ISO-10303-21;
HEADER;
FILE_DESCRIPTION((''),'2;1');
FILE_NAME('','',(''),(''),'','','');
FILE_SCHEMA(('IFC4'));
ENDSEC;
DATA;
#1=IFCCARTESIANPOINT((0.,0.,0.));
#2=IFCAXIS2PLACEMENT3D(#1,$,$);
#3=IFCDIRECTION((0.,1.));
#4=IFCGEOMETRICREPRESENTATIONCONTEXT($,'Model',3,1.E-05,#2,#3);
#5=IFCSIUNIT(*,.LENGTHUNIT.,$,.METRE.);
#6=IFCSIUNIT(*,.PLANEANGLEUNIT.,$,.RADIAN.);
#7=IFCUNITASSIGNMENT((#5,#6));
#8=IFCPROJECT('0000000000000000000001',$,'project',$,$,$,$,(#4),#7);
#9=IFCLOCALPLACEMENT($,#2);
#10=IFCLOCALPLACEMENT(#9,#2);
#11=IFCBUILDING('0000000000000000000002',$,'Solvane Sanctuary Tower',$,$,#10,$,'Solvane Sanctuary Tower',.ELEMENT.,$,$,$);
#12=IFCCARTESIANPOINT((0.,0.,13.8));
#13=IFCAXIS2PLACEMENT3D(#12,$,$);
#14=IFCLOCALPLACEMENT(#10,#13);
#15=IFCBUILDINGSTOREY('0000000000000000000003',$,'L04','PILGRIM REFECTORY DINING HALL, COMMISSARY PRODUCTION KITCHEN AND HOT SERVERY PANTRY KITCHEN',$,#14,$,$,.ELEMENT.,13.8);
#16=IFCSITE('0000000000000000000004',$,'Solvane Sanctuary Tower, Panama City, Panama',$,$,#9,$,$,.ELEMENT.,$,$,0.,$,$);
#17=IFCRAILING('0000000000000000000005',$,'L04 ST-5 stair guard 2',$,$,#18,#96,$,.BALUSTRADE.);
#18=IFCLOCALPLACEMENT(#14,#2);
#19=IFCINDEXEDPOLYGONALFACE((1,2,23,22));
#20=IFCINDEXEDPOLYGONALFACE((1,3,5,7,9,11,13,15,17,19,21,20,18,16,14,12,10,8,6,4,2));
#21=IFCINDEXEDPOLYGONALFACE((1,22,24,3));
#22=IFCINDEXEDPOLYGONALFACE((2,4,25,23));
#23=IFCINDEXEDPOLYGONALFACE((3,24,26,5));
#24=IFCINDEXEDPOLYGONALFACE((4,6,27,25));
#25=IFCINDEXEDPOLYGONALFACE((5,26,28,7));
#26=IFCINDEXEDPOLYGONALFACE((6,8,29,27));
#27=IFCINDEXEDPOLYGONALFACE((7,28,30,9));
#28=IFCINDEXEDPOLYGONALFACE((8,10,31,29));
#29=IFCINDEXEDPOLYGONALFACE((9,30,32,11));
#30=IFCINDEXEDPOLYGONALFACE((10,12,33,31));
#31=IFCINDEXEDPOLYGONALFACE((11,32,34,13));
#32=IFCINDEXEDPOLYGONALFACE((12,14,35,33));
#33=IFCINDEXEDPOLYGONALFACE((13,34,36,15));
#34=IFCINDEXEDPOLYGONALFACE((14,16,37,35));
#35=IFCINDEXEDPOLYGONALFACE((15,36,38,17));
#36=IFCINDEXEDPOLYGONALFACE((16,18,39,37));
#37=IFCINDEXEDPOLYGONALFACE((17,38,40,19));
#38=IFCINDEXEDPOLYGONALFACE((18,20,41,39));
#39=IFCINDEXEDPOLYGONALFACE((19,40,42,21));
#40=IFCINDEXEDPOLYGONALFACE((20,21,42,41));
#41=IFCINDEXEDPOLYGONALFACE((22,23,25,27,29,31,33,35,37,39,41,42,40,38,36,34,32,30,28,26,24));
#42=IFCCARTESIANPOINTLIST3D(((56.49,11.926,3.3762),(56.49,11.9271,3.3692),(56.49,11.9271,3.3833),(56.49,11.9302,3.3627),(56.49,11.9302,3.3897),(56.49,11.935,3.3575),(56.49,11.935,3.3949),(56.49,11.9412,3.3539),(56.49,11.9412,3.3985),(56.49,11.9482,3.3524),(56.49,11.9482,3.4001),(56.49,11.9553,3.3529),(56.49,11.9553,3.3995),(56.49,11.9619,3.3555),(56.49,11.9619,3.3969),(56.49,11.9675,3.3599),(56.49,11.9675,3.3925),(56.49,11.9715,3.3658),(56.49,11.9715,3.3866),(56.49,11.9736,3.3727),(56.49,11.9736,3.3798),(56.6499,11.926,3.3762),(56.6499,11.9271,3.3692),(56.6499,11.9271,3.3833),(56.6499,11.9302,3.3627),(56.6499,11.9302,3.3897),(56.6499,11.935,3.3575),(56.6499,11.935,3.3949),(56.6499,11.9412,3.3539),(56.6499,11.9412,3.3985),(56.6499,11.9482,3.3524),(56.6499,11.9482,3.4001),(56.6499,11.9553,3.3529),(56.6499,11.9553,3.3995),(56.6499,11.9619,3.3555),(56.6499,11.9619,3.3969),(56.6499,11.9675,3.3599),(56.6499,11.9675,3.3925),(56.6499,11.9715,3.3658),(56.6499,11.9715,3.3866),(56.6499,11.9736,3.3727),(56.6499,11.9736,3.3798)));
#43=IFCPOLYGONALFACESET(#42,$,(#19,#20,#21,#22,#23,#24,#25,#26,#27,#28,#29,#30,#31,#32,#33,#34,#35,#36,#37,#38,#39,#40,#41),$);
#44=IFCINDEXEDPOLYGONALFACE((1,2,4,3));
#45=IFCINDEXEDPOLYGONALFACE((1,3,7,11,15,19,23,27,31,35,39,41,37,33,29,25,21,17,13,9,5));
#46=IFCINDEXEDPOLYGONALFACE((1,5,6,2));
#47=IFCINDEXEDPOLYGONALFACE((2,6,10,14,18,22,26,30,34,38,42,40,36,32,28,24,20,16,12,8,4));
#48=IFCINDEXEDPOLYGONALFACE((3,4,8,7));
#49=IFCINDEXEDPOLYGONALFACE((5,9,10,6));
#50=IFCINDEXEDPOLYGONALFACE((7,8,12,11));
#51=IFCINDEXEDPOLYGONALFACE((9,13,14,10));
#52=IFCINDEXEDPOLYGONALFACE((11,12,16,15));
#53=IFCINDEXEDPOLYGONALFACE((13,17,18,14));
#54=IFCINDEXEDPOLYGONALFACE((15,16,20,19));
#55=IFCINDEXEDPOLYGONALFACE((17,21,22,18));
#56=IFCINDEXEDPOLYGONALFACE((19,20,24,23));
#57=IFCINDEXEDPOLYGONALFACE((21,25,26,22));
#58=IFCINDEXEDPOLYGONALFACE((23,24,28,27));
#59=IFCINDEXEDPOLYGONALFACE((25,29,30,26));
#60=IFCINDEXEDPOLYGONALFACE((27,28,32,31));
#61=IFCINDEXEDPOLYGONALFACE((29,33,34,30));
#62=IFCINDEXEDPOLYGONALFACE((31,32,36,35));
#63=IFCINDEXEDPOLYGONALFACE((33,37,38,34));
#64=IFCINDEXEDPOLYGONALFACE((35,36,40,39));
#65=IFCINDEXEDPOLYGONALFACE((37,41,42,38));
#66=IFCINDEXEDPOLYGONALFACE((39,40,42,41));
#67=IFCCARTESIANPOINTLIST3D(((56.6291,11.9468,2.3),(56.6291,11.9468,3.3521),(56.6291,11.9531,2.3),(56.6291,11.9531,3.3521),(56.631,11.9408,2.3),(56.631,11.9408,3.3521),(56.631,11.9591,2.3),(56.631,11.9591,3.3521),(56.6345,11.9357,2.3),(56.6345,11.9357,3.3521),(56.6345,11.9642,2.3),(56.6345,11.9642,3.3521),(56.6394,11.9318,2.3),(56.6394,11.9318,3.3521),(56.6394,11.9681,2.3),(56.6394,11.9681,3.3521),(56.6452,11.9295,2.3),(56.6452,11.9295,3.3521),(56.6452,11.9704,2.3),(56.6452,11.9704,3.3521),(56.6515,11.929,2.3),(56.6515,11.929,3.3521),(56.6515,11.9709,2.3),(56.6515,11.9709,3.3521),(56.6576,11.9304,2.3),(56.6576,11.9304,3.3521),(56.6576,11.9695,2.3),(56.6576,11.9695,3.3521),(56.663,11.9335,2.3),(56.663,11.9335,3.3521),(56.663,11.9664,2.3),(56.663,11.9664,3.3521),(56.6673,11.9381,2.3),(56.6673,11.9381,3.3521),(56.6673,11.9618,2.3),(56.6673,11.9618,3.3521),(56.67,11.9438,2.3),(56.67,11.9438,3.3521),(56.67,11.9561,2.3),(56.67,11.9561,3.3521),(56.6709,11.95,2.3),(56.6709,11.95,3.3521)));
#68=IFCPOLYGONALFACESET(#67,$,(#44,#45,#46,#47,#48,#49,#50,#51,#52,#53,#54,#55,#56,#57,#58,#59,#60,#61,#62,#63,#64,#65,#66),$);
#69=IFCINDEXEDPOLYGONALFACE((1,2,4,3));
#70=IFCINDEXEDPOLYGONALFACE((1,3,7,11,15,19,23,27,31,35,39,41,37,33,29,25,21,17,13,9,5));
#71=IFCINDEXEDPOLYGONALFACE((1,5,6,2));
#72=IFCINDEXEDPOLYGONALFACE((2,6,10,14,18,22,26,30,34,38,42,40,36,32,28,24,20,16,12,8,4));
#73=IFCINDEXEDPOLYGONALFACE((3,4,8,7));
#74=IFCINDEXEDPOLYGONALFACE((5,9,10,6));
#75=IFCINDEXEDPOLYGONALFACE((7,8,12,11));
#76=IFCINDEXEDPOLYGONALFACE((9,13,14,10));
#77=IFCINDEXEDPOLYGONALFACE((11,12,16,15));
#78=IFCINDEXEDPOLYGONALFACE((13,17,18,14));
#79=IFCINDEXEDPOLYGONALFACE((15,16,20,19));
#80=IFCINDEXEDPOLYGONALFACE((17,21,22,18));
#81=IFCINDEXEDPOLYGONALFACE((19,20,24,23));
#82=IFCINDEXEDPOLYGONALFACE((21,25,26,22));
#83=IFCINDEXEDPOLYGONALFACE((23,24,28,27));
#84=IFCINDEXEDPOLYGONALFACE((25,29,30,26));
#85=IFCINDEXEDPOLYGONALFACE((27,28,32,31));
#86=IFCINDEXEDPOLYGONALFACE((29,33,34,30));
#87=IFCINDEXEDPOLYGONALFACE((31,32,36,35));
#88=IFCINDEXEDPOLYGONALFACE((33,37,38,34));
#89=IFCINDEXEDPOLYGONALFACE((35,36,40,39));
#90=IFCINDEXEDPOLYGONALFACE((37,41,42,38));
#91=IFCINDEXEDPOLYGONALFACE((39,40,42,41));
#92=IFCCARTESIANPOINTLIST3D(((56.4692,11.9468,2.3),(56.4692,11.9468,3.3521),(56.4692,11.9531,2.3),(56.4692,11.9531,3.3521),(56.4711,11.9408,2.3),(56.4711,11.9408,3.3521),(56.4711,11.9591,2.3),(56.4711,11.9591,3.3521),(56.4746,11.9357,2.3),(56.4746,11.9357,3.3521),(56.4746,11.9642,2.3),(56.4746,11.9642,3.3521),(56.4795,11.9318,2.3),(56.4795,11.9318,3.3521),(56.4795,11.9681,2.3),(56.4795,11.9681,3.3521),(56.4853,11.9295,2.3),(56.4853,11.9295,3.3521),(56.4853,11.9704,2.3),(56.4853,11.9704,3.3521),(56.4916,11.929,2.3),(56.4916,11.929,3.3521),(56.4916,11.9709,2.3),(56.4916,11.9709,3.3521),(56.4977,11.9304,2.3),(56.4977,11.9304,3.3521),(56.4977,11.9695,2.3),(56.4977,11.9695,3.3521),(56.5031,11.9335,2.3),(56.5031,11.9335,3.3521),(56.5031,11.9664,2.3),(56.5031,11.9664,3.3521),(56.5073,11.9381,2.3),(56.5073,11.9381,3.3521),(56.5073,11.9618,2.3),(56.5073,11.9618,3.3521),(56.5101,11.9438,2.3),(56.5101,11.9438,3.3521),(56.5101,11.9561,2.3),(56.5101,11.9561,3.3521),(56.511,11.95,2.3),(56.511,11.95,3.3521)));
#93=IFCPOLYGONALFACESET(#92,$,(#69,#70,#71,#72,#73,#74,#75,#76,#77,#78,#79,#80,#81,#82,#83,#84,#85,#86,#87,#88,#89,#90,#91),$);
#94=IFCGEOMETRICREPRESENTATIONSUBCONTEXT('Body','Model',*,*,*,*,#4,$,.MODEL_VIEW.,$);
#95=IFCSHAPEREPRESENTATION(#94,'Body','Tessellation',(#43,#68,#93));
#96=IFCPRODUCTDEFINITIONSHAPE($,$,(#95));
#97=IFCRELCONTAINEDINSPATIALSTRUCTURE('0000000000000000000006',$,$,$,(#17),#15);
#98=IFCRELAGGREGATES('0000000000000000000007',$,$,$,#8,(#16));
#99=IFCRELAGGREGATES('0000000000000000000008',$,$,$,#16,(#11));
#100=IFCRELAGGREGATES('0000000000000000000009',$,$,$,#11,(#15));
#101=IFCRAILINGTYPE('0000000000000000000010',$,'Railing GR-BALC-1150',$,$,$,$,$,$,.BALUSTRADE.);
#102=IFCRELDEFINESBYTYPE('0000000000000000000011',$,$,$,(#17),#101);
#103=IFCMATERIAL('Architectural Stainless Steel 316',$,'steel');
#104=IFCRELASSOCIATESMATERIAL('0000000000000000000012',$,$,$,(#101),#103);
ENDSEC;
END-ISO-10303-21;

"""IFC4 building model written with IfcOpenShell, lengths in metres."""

from ifc_helpers import new_model, si_unit, direction, frame, origin, origin_2d, place, context, subcontext, project, spatial, circle, extrude, material, type_object, element, save


model = new_model("IFC4")

# Units and contexts
model_context = context("Model", 3, precision=1e-05, world=origin(), true_north=direction((0.0, 1.0)))
body_context = subcontext(model_context, "Body", "Model", "MODEL_VIEW")
ifc_project = project(units=[si_unit("LENGTHUNIT", "METRE"), si_unit("PLANEANGLEUNIT", "RADIAN")], contexts=[model_context])

# Site, building, storey
site_placement = place(None, origin())
site = spatial("IfcSite", under=ifc_project, at=site_placement, Name="Solvane Sanctuary Tower, Panama City, Panama", CompositionType="ELEMENT", RefElevation=0.0)
building_placement = place(site_placement, origin())
building = spatial("IfcBuilding", under=site, at=building_placement, Name="Solvane Sanctuary Tower", LongName="Solvane Sanctuary Tower", CompositionType="ELEMENT")
storey_placement = place(building_placement, frame((0.0, 0.0, 13.8)))
storey = spatial("IfcBuildingStorey", under=building, at=storey_placement, Name="L04", Description="PILGRIM REFECTORY DINING HALL, COMMISSARY PRODUCTION KITCHEN AND HOT SERVERY PANTRY KITCHEN", CompositionType="ELEMENT", Elevation=13.8)

# Shared definitions
ifc_material_1 = material(Name="Architectural Stainless Steel 316", Category="steel")

# Railing
railing_type_1 = type_object("IfcRailingType", Name="Railing GR-BALC-1150", PredefinedType="BALUSTRADE", material=ifc_material_1)
railing_1_placement = place(storey_placement, frame((56.6499, 11.95, 2.3)))
element("IfcRailing", 1, at=railing_1_placement, inside=storey, type_object=railing_type_1, Name="L04 ST-5 stair guard 2", PredefinedType="BALUSTRADE", context=body_context, shape_type="SweptSolid", body=[
    extrude(circle(Radius=0.0239, at=origin_2d()), frame((0.0, 0.0, 1.0762), z_axis=(-1.0, 0.0, 0.0), x_axis=(0.0, -1.0, 0.0)), (0.0, 0.0, 1.0), 0.1599),
    extrude(circle(Radius=0.021, at=origin_2d()), origin(), (0.0, 0.0, 1.0), 1.052),
    extrude(circle(Radius=0.021, at=origin_2d()), frame((-0.1599, 0.0, 0.0)), (0.0, 0.0, 1.0), 1.052),
])

save(model, "model.ifc")
